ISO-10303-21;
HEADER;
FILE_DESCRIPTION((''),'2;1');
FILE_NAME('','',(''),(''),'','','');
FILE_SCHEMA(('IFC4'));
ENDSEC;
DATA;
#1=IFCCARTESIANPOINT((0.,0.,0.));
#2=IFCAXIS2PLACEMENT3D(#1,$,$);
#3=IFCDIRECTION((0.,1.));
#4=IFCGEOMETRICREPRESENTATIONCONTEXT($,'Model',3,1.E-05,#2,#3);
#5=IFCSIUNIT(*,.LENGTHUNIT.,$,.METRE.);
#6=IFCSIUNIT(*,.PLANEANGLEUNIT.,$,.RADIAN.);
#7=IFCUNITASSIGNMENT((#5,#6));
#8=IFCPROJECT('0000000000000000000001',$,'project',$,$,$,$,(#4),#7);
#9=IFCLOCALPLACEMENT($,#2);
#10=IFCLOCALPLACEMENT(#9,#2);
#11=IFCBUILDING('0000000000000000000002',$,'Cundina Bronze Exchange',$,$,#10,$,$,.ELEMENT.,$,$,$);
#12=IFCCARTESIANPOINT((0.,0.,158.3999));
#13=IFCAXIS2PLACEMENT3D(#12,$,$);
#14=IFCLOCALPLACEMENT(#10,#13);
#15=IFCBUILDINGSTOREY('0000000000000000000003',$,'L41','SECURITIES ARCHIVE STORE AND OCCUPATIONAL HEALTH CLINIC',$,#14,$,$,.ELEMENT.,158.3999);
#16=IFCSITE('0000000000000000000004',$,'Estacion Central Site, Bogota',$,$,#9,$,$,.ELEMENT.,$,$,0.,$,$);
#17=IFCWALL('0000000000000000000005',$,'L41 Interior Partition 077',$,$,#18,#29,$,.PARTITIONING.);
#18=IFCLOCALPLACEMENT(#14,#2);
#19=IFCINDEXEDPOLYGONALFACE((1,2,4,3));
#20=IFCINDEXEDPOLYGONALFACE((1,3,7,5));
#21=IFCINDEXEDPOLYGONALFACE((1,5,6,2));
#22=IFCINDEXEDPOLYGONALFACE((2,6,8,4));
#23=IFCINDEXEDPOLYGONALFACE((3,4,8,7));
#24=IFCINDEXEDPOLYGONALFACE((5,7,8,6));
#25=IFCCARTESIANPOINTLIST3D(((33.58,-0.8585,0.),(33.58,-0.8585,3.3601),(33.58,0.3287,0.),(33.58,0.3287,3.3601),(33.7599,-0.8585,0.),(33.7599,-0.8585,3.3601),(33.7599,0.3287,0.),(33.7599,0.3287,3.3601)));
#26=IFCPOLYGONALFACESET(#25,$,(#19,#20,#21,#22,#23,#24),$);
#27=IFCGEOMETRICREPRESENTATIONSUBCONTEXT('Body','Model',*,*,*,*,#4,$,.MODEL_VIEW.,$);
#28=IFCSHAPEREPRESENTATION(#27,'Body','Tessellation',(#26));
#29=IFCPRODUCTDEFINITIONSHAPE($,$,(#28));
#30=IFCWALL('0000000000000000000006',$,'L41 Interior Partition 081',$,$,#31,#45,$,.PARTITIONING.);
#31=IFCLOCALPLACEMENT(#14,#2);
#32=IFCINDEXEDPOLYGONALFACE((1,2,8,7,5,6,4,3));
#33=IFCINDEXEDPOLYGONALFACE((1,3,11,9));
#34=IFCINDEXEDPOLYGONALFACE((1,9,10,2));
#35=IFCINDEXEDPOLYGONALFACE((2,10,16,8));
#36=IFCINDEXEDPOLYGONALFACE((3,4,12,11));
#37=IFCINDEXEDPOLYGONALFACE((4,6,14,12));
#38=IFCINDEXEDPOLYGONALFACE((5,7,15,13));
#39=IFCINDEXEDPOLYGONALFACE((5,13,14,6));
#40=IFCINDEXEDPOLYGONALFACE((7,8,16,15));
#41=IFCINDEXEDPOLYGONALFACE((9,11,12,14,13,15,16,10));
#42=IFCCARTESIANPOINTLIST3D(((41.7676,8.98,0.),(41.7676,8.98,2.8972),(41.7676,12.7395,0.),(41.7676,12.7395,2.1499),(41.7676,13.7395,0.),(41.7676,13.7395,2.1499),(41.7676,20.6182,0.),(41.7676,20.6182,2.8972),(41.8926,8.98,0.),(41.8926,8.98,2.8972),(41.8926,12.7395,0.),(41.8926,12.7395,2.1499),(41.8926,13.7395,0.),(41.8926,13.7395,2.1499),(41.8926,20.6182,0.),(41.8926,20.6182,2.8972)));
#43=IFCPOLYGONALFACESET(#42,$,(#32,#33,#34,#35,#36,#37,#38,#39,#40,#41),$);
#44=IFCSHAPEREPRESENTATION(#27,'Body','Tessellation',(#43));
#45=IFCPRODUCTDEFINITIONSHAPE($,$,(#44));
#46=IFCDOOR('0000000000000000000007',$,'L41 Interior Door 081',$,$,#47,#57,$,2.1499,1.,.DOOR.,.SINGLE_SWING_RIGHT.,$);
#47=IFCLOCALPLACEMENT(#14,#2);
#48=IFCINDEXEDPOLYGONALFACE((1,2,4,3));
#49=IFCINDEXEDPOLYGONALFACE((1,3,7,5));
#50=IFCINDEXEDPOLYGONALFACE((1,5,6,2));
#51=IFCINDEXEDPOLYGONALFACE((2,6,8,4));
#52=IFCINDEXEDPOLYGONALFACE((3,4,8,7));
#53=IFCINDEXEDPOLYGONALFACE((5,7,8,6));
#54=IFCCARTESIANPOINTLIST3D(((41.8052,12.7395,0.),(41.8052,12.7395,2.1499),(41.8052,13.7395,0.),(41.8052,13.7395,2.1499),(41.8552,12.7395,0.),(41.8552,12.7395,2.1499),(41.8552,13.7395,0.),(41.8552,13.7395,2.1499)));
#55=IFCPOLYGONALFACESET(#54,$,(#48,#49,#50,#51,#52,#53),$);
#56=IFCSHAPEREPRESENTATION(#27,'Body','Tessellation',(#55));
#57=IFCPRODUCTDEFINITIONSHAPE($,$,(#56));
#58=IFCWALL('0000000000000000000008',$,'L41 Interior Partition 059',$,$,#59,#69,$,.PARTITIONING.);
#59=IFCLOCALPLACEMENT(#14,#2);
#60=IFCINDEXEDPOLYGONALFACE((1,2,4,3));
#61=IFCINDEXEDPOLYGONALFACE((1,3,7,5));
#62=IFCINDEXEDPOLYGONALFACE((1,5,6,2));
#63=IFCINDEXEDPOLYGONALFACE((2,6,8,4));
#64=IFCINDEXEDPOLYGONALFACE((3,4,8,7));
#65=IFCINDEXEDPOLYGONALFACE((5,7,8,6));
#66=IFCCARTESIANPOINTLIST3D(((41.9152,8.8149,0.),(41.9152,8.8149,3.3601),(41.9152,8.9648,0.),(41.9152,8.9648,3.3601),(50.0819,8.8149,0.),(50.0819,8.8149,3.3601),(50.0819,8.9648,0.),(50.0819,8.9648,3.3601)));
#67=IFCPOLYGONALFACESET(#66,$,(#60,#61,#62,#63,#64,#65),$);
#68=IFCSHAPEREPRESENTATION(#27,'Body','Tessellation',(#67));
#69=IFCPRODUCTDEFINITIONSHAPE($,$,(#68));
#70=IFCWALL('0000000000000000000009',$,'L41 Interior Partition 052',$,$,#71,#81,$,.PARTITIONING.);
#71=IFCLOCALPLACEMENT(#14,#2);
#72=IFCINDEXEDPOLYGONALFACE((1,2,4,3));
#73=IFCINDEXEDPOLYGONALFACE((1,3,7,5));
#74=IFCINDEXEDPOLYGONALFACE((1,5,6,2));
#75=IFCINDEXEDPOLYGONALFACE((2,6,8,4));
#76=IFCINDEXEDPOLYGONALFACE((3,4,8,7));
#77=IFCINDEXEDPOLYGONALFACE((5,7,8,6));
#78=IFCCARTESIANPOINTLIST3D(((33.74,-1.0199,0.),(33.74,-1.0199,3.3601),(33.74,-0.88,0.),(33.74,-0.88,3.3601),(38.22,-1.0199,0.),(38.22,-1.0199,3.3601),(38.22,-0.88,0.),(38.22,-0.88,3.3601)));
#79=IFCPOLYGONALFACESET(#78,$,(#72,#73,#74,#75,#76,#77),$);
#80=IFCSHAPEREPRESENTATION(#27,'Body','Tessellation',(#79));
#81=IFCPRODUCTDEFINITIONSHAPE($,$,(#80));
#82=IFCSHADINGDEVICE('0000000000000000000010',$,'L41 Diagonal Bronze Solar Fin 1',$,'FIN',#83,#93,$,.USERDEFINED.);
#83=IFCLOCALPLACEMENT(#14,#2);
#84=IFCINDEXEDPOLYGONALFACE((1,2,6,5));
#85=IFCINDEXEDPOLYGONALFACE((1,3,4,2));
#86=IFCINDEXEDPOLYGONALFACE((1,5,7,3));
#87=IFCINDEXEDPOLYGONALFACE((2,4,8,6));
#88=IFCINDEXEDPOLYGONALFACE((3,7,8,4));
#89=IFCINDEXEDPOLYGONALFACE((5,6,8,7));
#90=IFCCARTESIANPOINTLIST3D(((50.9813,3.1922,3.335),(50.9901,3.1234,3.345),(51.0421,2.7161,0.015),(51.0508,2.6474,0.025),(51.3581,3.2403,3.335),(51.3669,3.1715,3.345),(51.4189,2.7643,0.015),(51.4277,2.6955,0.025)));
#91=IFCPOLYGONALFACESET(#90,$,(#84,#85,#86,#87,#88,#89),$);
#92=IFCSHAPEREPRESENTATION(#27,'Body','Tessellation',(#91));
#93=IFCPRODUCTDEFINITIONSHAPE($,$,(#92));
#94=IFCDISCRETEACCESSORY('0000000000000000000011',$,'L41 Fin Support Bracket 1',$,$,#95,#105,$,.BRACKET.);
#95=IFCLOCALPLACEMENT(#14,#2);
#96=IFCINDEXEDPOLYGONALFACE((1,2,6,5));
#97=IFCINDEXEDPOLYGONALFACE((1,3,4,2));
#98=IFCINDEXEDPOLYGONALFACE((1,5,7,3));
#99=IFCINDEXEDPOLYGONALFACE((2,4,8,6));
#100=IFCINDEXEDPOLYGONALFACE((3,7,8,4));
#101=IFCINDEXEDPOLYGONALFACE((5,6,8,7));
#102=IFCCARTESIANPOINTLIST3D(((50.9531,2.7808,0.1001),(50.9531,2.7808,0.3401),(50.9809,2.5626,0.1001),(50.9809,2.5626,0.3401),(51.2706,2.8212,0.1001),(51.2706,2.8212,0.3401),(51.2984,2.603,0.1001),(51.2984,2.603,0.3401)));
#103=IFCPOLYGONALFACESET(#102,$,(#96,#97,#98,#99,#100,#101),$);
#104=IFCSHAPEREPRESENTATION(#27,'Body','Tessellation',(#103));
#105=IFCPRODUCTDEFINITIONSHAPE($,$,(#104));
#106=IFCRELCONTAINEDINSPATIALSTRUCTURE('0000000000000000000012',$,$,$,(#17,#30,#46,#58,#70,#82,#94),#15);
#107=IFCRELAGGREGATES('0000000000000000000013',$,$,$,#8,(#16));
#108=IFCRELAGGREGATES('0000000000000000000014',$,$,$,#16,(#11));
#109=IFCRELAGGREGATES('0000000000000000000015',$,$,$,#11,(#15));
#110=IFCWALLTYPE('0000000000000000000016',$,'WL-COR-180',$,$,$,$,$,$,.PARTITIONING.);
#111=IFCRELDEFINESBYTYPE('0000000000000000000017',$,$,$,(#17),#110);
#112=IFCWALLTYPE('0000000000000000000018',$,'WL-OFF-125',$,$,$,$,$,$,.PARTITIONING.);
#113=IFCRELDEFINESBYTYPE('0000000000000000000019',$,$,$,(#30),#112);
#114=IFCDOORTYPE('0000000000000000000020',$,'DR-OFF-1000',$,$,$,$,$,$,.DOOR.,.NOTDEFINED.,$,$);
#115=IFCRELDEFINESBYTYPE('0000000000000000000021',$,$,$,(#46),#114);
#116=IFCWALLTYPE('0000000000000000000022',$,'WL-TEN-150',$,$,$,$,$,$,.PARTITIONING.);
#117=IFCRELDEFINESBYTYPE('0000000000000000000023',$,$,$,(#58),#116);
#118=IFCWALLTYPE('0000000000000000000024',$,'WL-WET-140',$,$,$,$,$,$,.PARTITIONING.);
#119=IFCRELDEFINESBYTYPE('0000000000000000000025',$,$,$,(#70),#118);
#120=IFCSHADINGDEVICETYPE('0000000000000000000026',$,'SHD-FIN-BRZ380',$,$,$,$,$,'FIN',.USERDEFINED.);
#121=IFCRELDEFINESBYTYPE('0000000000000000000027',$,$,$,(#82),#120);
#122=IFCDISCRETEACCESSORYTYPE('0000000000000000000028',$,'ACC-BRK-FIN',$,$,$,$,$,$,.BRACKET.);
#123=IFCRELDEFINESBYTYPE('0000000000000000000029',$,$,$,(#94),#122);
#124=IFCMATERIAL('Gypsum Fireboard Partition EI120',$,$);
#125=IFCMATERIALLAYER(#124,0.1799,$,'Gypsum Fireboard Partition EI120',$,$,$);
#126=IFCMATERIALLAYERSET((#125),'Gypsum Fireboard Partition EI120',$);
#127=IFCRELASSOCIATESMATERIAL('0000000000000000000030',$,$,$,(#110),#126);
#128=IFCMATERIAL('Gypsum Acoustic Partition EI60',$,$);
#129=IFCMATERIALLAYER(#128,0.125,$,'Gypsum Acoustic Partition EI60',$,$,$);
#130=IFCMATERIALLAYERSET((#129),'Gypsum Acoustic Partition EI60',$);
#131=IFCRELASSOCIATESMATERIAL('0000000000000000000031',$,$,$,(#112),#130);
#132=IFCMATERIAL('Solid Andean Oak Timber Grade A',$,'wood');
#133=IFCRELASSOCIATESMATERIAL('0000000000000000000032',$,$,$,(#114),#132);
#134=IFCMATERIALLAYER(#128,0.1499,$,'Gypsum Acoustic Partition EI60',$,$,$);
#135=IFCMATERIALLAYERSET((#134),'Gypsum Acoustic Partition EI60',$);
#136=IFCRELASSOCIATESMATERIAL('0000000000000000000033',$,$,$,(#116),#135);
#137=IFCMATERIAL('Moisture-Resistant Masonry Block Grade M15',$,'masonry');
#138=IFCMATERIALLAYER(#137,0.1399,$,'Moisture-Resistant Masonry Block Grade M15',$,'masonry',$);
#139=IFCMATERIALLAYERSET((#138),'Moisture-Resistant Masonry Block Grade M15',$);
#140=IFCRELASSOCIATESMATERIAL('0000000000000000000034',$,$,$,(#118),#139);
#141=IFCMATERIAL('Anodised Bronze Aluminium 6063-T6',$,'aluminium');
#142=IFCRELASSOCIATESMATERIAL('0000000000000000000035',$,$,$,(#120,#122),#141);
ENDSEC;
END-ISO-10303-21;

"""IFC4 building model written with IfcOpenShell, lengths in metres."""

from ifc_helpers import new_model, si_unit, direction, frame, frame_2d, origin, origin_2d, place, context, subcontext, project, spatial, rectangle, extrude, material, layer, layer_set, material_profile, profile_set, type_object, element, fill, save


model = new_model("IFC4")

# Units and contexts
model_context = context("Model", 3, precision=1e-05, world=origin(), true_north=direction((0.0, 1.0)))
body_context = subcontext(model_context, "Body", "Model", "MODEL_VIEW")
ifc_project = project(units=[si_unit("LENGTHUNIT", "METRE"), si_unit("PLANEANGLEUNIT", "RADIAN")], contexts=[model_context])

# Site, building, storey
site_placement = place(None, origin())
site = spatial("IfcSite", under=ifc_project, at=site_placement, Name="Estacion Central Site, Bogota", CompositionType="ELEMENT", RefElevation=0.0)
building_placement = place(site_placement, origin())
building = spatial("IfcBuilding", under=site, at=building_placement, Name="Cundina Bronze Exchange", CompositionType="ELEMENT")
storey_placement = place(building_placement, frame((0.0, 0.0, 158.3999)))
storey = spatial("IfcBuildingStorey", under=building, at=storey_placement, Name="L41", Description="SECURITIES ARCHIVE STORE AND OCCUPATIONAL HEALTH CLINIC", CompositionType="ELEMENT", Elevation=158.3999)

# Shared definitions
ifc_material_1 = material(Name="Anodised Bronze Aluminium 6063-T6", Category="aluminium")

# Wall
ifc_material_2 = material(Name="Gypsum Fireboard Partition EI120")
ifc_layer_1 = layer(ifc_material_2, 0.1799, Name="Gypsum Fireboard Partition EI120")
ifc_layer_set_1 = layer_set([ifc_layer_1], Name="Gypsum Fireboard Partition EI120")
wall_type_1 = type_object("IfcWallType", Name="WL-COR-180", PredefinedType="PARTITIONING", material=ifc_layer_set_1)
wall_1_placement = place(storey_placement, frame((33.6699, -0.8586, 0.0), z_axis=(0.0, 0.0, 1.0), x_axis=(0.0, 1.0, 0.0)))
element("IfcWall", 1, at=wall_1_placement, inside=storey, type_object=wall_type_1, Name="L41 Interior Partition 077", PredefinedType="PARTITIONING", context=body_context, shape_type="SweptSolid", body=[
    extrude(rectangle(XDim=1.1873, YDim=0.1799, at=frame_2d((0.5938, 0.0))), origin(), (0.0, 0.0, 1.0), 3.3601),
])

# Wall, opening, door
ifc_material_3 = material(Name="Gypsum Acoustic Partition EI60")
ifc_layer_2 = layer(ifc_material_3, 0.125, Name="Gypsum Acoustic Partition EI60")
ifc_layer_set_2 = layer_set([ifc_layer_2], Name="Gypsum Acoustic Partition EI60")
wall_type_2 = type_object("IfcWallType", Name="WL-OFF-125", PredefinedType="PARTITIONING", material=ifc_layer_set_2)
wall_2_placement = place(storey_placement, frame((41.8301, 8.98, 0.0), z_axis=(0.0, 0.0, 1.0), x_axis=(0.0, 1.0, 0.0)))
wall_2 = element("IfcWall", 2, at=wall_2_placement, inside=storey, type_object=wall_type_2, Name="L41 Interior Partition 081", PredefinedType="PARTITIONING", context=body_context, shape_type="SweptSolid", body=[
    extrude(rectangle(XDim=11.6382, YDim=0.125, at=frame_2d((5.8191, 0.0))), origin(), (0.0, 0.0, 1.0), 2.8972),
])
opening_placement = place(wall_2_placement, frame((3.7595, 0.0, 0.0)))
opening = element("IfcOpeningElement", 3, at=opening_placement, cuts=wall_2, PredefinedType="OPENING", context=body_context, shape_type="SweptSolid", body=[
    extrude(rectangle(XDim=1.0, YDim=2.1499, at=frame_2d((0.5, 1.075))), frame((0.0, 0.0725, 0.0), z_axis=(0.0, -1.0, 0.0), x_axis=(1.0, 0.0, 0.0)), (0.0, 0.0, 1.0), 0.145),
])
ifc_material_4 = material(Name="Solid Andean Oak Timber Grade A", Category="wood")
door_type = type_object("IfcDoorType", Name="DR-OFF-1000", OperationType="NOTDEFINED", PredefinedType="DOOR", material=ifc_material_4)
door_placement = place(opening_placement, origin())
door = element("IfcDoor", 4, at=door_placement, inside=storey, type_object=door_type, Name="L41 Interior Door 081", OperationType="SINGLE_SWING_RIGHT", OverallHeight=2.1499, OverallWidth=1.0, PredefinedType="DOOR", context=body_context, shape_type="SweptSolid", body=[
    extrude(rectangle(XDim=1.0, YDim=2.1499, at=frame_2d((0.5, 1.075))), frame((0.0, 0.0249, 0.0), z_axis=(0.0, -1.0, 0.0), x_axis=(1.0, 0.0, 0.0)), (0.0, 0.0, 1.0), 0.05),
])
fill(opening, door)

# Walls
ifc_layer_3 = layer(ifc_material_3, 0.1499, Name="Gypsum Acoustic Partition EI60")
ifc_layer_set_3 = layer_set([ifc_layer_3], Name="Gypsum Acoustic Partition EI60")
wall_type_3 = type_object("IfcWallType", Name="WL-TEN-150", PredefinedType="PARTITIONING", material=ifc_layer_set_3)
wall_3_placement = place(storey_placement, frame((41.915, 8.8899, 0.0), z_axis=(0.0, 0.0, 1.0), x_axis=(1.0, 0.0, 0.0)))
element("IfcWall", 5, at=wall_3_placement, inside=storey, type_object=wall_type_3, Name="L41 Interior Partition 059", PredefinedType="PARTITIONING", context=body_context, shape_type="SweptSolid", body=[
    extrude(rectangle(XDim=8.1667, YDim=0.1499, at=frame_2d((4.0835, 0.0))), origin(), (0.0, 0.0, 1.0), 3.3601),
])
ifc_material_5 = material(Name="Moisture-Resistant Masonry Block Grade M15", Category="masonry")
ifc_layer_4 = layer(ifc_material_5, 0.1399, Name="Moisture-Resistant Masonry Block Grade M15", Category="masonry")
ifc_layer_set_4 = layer_set([ifc_layer_4], Name="Moisture-Resistant Masonry Block Grade M15")
wall_type_4 = type_object("IfcWallType", Name="WL-WET-140", PredefinedType="PARTITIONING", material=ifc_layer_set_4)
wall_4_placement = place(storey_placement, frame((33.74, -0.95, 0.0), z_axis=(0.0, 0.0, 1.0), x_axis=(1.0, 0.0, 0.0)))
element("IfcWall", 6, at=wall_4_placement, inside=storey, type_object=wall_type_4, Name="L41 Interior Partition 052", PredefinedType="PARTITIONING", context=body_context, shape_type="SweptSolid", body=[
    extrude(rectangle(XDim=4.48, YDim=0.1399, at=frame_2d((2.24, 0.0))), origin(), (0.0, 0.0, 1.0), 3.3601),
])

# Shading device
ifc_material_profile_1 = material_profile(ifc_material_1, rectangle(XDim=0.0701, YDim=0.3799, at=origin_2d()), Name="FIN70X380", Category="aluminium")
ifc_profile_set_1 = profile_set([ifc_material_profile_1], Name="Anodised Bronze Aluminium 6063-T6")
shading_device_type = type_object("IfcShadingDeviceType", Name="SHD-FIN-BRZ380", ElementType="FIN", PredefinedType="USERDEFINED", material=ifc_profile_set_1)
shading_device_placement = place(storey_placement, frame((51.2349, 2.7058, 0.02), z_axis=(-0.018122, 0.141918, 0.989713), x_axis=(0.125361, -0.981741, 0.14307)))
element("IfcShadingDevice", 7, at=shading_device_placement, inside=storey, type_object=shading_device_type, Name="L41 Diagonal Bronze Solar Fin 1", ObjectType="FIN", PredefinedType="USERDEFINED", context=body_context, shape_type="SweptSolid", body=[
    extrude(rectangle(XDim=0.0701, YDim=0.3799, at=origin_2d()), origin(), (0.0, 0.0, 1.0), 3.3545),
])

# Discrete accessory
discrete_accessory_type = type_object("IfcDiscreteAccessoryType", Name="ACC-BRK-FIN", PredefinedType="BRACKET", material=ifc_material_1)
discrete_accessory_placement = place(storey_placement, frame((51.1257, 2.6919, 0.1001), z_axis=(0.0, 0.0, 1.0), x_axis=(-0.126476, 0.99197, 0.0)))
element("IfcDiscreteAccessory", 8, at=discrete_accessory_placement, inside=storey, type_object=discrete_accessory_type, Name="L41 Fin Support Bracket 1", PredefinedType="BRACKET", context=body_context, shape_type="SweptSolid", body=[
    extrude(rectangle(XDim=0.22, YDim=0.3201, at=origin_2d()), origin(), (0.0, 0.0, 1.0), 0.24),
])

save(model, "model.ifc")
